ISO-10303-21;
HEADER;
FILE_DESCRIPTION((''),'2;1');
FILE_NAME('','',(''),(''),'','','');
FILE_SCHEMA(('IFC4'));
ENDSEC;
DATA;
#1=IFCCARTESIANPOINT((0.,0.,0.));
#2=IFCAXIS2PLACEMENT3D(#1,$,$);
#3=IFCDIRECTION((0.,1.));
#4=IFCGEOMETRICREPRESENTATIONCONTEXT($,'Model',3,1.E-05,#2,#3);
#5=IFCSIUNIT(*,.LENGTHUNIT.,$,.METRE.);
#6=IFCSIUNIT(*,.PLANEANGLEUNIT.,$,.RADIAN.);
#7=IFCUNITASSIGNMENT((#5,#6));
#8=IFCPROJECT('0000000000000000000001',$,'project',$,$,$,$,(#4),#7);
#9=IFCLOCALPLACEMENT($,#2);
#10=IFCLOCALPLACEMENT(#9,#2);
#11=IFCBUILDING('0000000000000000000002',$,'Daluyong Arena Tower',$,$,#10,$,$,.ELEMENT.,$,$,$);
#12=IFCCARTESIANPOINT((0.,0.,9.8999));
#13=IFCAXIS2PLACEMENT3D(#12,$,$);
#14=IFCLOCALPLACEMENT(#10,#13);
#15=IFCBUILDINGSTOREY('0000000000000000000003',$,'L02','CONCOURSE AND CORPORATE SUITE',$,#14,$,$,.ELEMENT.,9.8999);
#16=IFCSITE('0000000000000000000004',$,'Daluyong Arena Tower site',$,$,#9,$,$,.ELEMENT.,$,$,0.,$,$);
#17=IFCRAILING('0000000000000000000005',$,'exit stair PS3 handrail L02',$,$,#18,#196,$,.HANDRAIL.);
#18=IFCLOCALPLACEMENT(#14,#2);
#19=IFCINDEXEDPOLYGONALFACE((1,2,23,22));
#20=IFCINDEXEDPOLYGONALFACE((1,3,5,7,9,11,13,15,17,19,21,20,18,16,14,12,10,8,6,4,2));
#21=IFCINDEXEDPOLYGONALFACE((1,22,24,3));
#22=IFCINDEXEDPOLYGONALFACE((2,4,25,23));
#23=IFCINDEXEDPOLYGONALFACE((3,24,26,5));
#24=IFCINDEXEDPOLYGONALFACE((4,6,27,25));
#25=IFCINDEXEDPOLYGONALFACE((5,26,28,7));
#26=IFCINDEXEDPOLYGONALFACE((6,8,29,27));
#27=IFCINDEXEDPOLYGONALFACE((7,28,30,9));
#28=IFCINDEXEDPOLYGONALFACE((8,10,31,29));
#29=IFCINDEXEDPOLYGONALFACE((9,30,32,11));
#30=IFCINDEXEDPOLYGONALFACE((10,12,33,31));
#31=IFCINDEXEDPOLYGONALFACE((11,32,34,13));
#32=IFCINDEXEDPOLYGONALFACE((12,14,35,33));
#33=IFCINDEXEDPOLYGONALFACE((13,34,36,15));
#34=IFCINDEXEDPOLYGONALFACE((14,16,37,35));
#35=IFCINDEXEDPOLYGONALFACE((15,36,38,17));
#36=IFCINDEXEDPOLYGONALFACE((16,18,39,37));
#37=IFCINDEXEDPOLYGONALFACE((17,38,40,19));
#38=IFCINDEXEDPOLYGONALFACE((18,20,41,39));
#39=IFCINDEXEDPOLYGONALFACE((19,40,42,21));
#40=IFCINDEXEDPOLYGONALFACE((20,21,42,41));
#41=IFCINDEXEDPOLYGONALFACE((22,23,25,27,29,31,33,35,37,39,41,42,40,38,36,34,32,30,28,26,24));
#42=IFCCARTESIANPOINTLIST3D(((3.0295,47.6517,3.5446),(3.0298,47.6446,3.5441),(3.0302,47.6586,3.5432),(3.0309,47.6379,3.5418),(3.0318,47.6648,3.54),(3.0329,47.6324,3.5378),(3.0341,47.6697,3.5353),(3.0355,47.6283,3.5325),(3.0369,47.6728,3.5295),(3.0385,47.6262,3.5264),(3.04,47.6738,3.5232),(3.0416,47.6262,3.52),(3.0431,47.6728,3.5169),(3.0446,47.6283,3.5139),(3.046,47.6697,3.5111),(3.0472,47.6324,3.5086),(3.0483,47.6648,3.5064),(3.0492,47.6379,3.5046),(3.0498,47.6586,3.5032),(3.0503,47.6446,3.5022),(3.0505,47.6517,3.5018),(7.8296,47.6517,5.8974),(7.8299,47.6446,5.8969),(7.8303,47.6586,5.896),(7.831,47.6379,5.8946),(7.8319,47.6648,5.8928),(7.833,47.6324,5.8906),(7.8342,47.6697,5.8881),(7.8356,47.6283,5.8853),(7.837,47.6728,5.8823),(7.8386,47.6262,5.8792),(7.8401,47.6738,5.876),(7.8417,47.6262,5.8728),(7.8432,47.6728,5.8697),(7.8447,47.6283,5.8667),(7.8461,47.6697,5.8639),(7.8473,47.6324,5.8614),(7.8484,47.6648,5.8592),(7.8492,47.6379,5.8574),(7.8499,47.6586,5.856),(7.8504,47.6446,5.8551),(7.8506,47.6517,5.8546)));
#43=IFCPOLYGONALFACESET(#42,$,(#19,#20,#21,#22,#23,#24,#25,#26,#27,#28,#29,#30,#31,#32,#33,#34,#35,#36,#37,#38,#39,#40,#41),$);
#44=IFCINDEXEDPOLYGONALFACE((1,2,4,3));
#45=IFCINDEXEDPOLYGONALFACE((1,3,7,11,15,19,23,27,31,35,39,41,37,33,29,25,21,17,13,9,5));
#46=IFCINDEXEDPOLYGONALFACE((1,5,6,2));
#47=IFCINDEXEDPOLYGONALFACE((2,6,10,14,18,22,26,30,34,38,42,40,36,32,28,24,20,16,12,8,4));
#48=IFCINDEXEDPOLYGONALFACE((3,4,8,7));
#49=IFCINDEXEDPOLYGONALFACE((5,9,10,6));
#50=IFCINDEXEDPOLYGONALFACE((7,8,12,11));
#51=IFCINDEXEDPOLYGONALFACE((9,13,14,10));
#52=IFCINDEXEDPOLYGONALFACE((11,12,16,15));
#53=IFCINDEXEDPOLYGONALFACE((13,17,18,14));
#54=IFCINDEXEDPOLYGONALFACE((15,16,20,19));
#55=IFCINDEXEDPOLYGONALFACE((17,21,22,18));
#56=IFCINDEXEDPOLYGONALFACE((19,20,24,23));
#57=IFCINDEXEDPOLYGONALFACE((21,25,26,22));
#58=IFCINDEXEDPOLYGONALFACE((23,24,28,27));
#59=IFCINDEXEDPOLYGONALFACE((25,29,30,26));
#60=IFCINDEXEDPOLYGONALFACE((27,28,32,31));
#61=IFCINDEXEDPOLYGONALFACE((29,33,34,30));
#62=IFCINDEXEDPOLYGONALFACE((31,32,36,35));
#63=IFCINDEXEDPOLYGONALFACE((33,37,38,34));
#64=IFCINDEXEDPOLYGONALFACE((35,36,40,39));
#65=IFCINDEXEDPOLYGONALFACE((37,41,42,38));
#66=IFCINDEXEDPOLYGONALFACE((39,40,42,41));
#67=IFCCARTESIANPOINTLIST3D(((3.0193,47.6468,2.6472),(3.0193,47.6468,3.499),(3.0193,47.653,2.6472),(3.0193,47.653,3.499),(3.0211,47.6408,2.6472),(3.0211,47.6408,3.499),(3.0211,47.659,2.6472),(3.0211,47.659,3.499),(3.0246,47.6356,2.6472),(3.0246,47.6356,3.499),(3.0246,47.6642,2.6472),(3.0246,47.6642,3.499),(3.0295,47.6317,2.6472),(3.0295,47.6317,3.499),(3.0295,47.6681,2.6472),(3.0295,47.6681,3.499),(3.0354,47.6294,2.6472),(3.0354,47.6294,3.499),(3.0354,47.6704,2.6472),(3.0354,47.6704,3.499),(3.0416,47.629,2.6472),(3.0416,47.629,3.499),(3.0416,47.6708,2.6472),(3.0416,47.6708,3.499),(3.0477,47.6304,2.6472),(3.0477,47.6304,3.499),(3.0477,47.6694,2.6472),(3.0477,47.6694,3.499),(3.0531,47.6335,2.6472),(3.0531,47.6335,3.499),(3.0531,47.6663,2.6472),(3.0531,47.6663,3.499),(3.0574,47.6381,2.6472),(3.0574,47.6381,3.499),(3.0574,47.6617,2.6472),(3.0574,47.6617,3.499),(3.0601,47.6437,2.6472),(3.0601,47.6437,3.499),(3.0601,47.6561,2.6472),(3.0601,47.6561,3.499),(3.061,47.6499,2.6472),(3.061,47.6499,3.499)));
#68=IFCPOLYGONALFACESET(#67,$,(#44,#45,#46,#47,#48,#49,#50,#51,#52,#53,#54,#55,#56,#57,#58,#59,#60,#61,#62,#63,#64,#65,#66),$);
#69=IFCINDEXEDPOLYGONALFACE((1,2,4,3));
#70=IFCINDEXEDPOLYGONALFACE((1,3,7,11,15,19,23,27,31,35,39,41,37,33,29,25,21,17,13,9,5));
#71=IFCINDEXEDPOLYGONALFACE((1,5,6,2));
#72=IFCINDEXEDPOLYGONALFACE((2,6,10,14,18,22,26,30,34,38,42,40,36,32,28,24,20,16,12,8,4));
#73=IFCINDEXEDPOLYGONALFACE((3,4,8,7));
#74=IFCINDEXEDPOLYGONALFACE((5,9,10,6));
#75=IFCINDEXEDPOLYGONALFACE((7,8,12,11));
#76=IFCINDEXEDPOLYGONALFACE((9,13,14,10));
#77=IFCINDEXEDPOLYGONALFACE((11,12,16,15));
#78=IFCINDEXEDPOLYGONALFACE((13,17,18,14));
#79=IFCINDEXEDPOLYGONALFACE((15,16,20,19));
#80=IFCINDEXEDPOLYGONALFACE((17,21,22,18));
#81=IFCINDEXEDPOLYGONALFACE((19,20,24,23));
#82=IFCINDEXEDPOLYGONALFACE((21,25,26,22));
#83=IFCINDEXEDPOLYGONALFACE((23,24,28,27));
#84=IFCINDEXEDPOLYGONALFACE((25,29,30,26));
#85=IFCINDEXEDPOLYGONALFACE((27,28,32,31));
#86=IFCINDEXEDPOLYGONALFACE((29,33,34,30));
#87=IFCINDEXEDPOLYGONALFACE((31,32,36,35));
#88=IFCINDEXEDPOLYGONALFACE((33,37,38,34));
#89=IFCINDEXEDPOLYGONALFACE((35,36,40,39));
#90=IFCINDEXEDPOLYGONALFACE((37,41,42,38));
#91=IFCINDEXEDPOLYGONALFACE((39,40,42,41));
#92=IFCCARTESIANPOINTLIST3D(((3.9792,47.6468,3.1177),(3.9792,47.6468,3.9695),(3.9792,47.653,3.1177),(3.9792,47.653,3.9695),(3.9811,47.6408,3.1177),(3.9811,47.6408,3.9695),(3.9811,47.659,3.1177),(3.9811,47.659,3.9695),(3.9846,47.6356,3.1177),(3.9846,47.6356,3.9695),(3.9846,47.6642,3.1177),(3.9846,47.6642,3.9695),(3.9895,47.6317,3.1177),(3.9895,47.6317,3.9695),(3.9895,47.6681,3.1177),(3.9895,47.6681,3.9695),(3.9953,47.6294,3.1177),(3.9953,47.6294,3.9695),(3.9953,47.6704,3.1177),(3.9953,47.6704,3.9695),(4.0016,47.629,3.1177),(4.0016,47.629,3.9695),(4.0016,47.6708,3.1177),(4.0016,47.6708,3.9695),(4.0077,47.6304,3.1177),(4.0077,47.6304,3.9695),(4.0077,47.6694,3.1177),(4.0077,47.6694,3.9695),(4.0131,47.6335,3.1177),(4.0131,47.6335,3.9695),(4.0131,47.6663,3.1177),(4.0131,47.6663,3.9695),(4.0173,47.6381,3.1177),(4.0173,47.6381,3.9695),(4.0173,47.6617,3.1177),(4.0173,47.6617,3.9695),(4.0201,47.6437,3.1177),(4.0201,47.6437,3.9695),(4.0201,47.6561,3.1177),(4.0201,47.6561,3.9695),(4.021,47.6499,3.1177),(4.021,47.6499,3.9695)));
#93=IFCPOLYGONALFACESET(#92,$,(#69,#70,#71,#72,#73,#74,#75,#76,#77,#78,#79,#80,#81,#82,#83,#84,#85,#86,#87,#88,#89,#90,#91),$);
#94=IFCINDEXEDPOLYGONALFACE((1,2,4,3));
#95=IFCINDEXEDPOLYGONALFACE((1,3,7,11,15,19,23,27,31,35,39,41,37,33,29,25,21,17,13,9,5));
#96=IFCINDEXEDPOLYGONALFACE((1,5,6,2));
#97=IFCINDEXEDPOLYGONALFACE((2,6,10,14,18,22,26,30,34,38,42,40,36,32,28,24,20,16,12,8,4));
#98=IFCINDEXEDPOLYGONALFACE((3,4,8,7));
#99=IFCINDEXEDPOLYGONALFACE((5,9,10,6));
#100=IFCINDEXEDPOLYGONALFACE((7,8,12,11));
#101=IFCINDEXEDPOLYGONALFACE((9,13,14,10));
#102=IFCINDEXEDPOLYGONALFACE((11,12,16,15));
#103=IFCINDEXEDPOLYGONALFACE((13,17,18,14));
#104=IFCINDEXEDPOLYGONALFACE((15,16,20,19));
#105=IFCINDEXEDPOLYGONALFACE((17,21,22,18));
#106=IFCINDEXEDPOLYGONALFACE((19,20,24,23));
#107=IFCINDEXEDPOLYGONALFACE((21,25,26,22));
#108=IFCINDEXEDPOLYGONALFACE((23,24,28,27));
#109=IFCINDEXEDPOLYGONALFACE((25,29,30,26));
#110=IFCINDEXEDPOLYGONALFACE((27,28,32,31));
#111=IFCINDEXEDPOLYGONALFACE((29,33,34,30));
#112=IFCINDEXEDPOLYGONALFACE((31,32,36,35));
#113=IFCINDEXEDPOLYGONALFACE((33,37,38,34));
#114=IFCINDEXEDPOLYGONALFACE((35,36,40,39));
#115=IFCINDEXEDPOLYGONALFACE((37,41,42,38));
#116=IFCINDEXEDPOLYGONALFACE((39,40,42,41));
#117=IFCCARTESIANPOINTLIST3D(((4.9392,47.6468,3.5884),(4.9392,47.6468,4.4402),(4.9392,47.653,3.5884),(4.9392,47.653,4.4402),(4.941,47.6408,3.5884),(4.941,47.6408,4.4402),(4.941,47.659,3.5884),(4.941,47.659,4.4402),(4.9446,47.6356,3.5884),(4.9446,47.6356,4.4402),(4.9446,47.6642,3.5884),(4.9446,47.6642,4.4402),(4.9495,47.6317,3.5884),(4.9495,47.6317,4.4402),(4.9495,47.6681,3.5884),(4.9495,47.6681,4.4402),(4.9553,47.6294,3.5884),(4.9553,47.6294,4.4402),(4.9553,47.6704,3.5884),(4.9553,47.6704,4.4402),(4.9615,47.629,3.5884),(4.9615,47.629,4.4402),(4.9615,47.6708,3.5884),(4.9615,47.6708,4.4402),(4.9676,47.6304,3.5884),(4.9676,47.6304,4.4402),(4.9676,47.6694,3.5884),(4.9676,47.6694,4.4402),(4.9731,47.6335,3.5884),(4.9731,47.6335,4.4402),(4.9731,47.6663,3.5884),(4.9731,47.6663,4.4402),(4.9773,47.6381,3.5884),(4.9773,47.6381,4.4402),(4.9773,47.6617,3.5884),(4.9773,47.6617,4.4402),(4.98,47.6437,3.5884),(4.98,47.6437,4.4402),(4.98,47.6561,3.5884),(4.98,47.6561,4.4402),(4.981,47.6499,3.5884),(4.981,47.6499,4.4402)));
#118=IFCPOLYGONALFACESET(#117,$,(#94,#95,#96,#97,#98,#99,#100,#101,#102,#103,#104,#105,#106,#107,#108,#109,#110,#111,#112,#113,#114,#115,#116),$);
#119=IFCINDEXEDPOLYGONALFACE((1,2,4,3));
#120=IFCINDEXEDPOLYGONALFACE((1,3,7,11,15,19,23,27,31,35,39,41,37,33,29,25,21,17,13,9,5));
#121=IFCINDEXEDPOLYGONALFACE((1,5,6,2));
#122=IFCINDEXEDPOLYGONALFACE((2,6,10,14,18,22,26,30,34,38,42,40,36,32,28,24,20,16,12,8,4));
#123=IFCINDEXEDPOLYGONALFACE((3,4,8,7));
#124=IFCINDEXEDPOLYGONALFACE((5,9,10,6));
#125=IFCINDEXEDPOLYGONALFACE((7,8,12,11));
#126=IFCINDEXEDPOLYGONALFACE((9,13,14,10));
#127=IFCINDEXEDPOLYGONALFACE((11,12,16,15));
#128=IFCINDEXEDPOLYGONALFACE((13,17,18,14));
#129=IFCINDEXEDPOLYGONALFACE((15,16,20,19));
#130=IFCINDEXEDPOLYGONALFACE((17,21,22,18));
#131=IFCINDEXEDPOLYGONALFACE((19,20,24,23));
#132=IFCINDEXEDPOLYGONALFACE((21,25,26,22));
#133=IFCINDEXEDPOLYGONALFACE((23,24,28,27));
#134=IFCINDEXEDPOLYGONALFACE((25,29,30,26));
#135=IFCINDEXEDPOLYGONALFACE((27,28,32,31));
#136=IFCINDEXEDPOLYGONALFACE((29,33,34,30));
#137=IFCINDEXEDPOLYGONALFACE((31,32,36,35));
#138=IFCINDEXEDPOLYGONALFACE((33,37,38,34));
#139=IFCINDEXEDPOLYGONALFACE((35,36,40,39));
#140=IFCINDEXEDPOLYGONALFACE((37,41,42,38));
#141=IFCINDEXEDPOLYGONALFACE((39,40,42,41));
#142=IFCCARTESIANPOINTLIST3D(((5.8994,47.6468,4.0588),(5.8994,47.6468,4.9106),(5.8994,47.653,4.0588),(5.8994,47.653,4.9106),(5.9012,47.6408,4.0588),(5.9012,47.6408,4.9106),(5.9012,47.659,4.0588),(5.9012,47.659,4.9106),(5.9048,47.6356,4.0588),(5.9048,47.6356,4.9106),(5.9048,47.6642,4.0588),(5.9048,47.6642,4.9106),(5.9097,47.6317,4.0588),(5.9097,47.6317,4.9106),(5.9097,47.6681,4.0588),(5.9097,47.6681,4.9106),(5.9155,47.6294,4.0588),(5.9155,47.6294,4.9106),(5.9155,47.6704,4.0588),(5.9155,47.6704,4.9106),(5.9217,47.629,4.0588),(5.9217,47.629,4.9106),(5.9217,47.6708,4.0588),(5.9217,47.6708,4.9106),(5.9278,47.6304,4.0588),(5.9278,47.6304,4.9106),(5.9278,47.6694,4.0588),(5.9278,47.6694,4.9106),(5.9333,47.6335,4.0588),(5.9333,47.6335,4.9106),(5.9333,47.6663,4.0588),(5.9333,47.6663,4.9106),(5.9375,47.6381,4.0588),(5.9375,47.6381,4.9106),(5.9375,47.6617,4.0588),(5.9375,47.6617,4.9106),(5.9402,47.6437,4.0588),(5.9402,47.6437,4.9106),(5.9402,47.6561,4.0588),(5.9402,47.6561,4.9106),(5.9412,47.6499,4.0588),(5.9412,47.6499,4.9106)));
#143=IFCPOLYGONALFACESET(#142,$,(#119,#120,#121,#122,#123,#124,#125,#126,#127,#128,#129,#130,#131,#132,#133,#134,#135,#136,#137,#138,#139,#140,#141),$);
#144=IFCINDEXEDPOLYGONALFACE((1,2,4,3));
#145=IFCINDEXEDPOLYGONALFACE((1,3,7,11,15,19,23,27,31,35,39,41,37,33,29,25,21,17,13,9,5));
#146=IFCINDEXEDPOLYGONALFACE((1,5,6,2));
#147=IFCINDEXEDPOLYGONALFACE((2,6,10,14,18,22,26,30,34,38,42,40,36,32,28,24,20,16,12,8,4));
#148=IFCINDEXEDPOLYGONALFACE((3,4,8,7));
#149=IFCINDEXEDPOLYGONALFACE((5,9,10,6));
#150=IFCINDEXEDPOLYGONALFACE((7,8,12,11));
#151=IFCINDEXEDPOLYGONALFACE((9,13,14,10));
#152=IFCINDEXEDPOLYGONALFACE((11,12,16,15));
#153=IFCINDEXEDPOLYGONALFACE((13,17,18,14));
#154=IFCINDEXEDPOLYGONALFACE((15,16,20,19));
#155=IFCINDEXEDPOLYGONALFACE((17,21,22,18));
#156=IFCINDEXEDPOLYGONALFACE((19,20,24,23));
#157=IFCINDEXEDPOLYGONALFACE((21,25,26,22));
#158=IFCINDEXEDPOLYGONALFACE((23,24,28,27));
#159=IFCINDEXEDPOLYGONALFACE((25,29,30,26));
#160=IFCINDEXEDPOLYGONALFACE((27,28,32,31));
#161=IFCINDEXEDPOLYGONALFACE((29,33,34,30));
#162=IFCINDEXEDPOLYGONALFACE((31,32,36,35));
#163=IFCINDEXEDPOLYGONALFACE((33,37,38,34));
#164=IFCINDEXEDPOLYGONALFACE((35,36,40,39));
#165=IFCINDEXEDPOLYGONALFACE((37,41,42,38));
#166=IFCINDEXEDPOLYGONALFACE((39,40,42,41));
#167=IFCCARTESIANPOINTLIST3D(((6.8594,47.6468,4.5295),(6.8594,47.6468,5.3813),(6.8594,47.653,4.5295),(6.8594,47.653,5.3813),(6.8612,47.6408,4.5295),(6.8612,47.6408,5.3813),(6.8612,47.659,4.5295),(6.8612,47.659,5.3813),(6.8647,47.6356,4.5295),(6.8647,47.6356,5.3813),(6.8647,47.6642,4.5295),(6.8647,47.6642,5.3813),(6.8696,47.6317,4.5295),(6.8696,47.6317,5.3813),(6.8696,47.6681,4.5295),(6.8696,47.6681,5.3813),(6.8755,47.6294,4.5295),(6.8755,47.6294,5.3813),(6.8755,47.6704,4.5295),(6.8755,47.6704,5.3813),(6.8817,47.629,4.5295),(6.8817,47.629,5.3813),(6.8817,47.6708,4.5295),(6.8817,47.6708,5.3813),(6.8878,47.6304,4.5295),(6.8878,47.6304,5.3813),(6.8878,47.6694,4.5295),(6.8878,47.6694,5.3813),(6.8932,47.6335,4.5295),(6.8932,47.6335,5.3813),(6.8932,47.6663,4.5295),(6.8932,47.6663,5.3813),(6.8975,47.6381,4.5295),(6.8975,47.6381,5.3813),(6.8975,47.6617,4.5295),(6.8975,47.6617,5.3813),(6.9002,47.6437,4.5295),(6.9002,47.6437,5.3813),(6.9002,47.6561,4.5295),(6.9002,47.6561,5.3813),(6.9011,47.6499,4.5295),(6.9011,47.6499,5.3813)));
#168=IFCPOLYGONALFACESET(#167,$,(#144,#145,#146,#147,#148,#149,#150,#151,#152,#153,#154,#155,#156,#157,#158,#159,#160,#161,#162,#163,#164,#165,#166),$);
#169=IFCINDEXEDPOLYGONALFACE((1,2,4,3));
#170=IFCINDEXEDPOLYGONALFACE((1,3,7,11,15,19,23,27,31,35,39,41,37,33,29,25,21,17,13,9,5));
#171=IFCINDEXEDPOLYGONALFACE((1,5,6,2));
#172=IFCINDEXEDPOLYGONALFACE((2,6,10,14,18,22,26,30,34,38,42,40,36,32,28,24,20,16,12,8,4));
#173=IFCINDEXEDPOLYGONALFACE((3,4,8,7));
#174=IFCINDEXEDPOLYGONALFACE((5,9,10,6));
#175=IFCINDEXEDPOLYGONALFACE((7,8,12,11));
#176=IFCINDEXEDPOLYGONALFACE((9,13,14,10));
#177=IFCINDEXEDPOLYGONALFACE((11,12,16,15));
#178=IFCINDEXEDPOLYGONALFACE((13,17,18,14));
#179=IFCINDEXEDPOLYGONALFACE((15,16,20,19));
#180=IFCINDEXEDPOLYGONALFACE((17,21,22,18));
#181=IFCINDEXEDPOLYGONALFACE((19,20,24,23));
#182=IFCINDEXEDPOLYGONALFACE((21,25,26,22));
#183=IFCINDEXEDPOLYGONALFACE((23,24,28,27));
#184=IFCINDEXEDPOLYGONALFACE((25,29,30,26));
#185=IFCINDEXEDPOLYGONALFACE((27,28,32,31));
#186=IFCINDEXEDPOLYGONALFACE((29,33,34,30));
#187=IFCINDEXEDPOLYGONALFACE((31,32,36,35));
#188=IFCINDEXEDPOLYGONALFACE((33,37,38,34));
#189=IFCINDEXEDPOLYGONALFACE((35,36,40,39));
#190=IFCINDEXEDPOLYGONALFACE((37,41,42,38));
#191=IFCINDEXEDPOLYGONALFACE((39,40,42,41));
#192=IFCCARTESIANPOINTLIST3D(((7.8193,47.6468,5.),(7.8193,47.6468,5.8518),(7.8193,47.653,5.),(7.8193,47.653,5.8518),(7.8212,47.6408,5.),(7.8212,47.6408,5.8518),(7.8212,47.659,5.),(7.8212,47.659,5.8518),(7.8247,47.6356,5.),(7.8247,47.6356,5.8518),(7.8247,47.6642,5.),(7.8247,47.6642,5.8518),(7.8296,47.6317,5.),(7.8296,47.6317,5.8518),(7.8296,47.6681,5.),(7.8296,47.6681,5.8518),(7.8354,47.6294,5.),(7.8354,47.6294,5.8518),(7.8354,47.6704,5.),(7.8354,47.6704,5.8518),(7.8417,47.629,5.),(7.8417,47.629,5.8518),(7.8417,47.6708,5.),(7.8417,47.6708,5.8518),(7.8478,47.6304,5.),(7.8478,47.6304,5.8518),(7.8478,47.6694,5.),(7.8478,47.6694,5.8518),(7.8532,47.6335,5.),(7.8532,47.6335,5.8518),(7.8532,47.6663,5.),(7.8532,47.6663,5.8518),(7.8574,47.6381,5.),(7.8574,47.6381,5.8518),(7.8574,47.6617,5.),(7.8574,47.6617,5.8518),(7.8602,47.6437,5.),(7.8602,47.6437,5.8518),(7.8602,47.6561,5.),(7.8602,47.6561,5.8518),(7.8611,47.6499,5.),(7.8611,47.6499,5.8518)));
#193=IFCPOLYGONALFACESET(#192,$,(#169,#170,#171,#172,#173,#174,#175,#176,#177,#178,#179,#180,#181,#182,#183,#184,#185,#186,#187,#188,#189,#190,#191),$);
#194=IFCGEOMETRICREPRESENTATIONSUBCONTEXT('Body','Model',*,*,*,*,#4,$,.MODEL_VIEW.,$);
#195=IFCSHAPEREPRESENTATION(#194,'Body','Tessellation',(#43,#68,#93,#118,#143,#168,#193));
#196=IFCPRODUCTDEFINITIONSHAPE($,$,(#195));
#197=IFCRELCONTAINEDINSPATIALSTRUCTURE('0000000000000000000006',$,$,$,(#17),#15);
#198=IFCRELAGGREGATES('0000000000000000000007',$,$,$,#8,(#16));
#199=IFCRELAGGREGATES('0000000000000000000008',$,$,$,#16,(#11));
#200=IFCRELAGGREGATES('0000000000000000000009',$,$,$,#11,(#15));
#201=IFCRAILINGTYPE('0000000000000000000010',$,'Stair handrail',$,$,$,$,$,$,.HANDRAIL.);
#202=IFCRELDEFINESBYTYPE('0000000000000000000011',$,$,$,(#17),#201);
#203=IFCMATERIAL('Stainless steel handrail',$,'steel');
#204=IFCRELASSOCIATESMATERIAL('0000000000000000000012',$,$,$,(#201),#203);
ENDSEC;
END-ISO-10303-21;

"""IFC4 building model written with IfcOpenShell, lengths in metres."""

from ifc_helpers import new_model, si_unit, direction, frame, origin, origin_2d, place, context, subcontext, project, spatial, circle, extrude, material, type_object, element, save


model = new_model("IFC4")

# Units and contexts
model_context = context("Model", 3, precision=1e-05, world=origin(), true_north=direction((0.0, 1.0)))
body_context = subcontext(model_context, "Body", "Model", "MODEL_VIEW")
ifc_project = project(units=[si_unit("LENGTHUNIT", "METRE"), si_unit("PLANEANGLEUNIT", "RADIAN")], contexts=[model_context])

# Site, building, storey
site_placement = place(None, origin())
site = spatial("IfcSite", under=ifc_project, at=site_placement, Name="Daluyong Arena Tower site", CompositionType="ELEMENT", RefElevation=0.0)
building_placement = place(site_placement, origin())
building = spatial("IfcBuilding", under=site, at=building_placement, Name="Daluyong Arena Tower", CompositionType="ELEMENT")
storey_placement = place(building_placement, frame((0.0, 0.0, 9.8999)))
storey = spatial("IfcBuildingStorey", under=building, at=storey_placement, Name="L02", Description="CONCOURSE AND CORPORATE SUITE", CompositionType="ELEMENT", Elevation=9.8999)

# Railing
ifc_material_1 = material(Name="Stainless steel handrail", Category="steel")
railing_type_1 = type_object("IfcRailingType", Name="Stair handrail", PredefinedType="HANDRAIL", material=ifc_material_1)
railing_1_placement = place(storey_placement, frame((3.04, 47.6499, 2.6472)))
element("IfcRailing", 1, at=railing_1_placement, inside=storey, type_object=railing_type_1, Name="exit stair PS3 handrail L02", PredefinedType="HANDRAIL", context=body_context, shape_type="SweptSolid", body=[
    extrude(circle(Radius=0.0239, at=origin_2d()), frame((0.0, 0.0, 0.876), z_axis=(0.897934, 0.0, 0.44013), x_axis=(0.0, 1.0, 0.0)), (0.0, 0.0, 1.0), 5.3457),
    extrude(circle(Radius=0.021, at=origin_2d()), origin(), (0.0, 0.0, 1.0), 0.8518),
    extrude(circle(Radius=0.021, at=origin_2d()), frame((0.96, 0.0, 0.4705)), (0.0, 0.0, 1.0), 0.8518),
    extrude(circle(Radius=0.021, at=origin_2d()), frame((1.9199, 0.0, 0.9412)), (0.0, 0.0, 1.0), 0.8518),
    extrude(circle(Radius=0.021, at=origin_2d()), frame((2.8801, 0.0, 1.4116)), (0.0, 0.0, 1.0), 0.8518),
    extrude(circle(Radius=0.021, at=origin_2d()), frame((3.8401, 0.0, 1.8823)), (0.0, 0.0, 1.0), 0.8518),
    extrude(circle(Radius=0.021, at=origin_2d()), frame((4.8, 0.0, 2.3528)), (0.0, 0.0, 1.0), 0.8518),
])

save(model, "model.ifc")
